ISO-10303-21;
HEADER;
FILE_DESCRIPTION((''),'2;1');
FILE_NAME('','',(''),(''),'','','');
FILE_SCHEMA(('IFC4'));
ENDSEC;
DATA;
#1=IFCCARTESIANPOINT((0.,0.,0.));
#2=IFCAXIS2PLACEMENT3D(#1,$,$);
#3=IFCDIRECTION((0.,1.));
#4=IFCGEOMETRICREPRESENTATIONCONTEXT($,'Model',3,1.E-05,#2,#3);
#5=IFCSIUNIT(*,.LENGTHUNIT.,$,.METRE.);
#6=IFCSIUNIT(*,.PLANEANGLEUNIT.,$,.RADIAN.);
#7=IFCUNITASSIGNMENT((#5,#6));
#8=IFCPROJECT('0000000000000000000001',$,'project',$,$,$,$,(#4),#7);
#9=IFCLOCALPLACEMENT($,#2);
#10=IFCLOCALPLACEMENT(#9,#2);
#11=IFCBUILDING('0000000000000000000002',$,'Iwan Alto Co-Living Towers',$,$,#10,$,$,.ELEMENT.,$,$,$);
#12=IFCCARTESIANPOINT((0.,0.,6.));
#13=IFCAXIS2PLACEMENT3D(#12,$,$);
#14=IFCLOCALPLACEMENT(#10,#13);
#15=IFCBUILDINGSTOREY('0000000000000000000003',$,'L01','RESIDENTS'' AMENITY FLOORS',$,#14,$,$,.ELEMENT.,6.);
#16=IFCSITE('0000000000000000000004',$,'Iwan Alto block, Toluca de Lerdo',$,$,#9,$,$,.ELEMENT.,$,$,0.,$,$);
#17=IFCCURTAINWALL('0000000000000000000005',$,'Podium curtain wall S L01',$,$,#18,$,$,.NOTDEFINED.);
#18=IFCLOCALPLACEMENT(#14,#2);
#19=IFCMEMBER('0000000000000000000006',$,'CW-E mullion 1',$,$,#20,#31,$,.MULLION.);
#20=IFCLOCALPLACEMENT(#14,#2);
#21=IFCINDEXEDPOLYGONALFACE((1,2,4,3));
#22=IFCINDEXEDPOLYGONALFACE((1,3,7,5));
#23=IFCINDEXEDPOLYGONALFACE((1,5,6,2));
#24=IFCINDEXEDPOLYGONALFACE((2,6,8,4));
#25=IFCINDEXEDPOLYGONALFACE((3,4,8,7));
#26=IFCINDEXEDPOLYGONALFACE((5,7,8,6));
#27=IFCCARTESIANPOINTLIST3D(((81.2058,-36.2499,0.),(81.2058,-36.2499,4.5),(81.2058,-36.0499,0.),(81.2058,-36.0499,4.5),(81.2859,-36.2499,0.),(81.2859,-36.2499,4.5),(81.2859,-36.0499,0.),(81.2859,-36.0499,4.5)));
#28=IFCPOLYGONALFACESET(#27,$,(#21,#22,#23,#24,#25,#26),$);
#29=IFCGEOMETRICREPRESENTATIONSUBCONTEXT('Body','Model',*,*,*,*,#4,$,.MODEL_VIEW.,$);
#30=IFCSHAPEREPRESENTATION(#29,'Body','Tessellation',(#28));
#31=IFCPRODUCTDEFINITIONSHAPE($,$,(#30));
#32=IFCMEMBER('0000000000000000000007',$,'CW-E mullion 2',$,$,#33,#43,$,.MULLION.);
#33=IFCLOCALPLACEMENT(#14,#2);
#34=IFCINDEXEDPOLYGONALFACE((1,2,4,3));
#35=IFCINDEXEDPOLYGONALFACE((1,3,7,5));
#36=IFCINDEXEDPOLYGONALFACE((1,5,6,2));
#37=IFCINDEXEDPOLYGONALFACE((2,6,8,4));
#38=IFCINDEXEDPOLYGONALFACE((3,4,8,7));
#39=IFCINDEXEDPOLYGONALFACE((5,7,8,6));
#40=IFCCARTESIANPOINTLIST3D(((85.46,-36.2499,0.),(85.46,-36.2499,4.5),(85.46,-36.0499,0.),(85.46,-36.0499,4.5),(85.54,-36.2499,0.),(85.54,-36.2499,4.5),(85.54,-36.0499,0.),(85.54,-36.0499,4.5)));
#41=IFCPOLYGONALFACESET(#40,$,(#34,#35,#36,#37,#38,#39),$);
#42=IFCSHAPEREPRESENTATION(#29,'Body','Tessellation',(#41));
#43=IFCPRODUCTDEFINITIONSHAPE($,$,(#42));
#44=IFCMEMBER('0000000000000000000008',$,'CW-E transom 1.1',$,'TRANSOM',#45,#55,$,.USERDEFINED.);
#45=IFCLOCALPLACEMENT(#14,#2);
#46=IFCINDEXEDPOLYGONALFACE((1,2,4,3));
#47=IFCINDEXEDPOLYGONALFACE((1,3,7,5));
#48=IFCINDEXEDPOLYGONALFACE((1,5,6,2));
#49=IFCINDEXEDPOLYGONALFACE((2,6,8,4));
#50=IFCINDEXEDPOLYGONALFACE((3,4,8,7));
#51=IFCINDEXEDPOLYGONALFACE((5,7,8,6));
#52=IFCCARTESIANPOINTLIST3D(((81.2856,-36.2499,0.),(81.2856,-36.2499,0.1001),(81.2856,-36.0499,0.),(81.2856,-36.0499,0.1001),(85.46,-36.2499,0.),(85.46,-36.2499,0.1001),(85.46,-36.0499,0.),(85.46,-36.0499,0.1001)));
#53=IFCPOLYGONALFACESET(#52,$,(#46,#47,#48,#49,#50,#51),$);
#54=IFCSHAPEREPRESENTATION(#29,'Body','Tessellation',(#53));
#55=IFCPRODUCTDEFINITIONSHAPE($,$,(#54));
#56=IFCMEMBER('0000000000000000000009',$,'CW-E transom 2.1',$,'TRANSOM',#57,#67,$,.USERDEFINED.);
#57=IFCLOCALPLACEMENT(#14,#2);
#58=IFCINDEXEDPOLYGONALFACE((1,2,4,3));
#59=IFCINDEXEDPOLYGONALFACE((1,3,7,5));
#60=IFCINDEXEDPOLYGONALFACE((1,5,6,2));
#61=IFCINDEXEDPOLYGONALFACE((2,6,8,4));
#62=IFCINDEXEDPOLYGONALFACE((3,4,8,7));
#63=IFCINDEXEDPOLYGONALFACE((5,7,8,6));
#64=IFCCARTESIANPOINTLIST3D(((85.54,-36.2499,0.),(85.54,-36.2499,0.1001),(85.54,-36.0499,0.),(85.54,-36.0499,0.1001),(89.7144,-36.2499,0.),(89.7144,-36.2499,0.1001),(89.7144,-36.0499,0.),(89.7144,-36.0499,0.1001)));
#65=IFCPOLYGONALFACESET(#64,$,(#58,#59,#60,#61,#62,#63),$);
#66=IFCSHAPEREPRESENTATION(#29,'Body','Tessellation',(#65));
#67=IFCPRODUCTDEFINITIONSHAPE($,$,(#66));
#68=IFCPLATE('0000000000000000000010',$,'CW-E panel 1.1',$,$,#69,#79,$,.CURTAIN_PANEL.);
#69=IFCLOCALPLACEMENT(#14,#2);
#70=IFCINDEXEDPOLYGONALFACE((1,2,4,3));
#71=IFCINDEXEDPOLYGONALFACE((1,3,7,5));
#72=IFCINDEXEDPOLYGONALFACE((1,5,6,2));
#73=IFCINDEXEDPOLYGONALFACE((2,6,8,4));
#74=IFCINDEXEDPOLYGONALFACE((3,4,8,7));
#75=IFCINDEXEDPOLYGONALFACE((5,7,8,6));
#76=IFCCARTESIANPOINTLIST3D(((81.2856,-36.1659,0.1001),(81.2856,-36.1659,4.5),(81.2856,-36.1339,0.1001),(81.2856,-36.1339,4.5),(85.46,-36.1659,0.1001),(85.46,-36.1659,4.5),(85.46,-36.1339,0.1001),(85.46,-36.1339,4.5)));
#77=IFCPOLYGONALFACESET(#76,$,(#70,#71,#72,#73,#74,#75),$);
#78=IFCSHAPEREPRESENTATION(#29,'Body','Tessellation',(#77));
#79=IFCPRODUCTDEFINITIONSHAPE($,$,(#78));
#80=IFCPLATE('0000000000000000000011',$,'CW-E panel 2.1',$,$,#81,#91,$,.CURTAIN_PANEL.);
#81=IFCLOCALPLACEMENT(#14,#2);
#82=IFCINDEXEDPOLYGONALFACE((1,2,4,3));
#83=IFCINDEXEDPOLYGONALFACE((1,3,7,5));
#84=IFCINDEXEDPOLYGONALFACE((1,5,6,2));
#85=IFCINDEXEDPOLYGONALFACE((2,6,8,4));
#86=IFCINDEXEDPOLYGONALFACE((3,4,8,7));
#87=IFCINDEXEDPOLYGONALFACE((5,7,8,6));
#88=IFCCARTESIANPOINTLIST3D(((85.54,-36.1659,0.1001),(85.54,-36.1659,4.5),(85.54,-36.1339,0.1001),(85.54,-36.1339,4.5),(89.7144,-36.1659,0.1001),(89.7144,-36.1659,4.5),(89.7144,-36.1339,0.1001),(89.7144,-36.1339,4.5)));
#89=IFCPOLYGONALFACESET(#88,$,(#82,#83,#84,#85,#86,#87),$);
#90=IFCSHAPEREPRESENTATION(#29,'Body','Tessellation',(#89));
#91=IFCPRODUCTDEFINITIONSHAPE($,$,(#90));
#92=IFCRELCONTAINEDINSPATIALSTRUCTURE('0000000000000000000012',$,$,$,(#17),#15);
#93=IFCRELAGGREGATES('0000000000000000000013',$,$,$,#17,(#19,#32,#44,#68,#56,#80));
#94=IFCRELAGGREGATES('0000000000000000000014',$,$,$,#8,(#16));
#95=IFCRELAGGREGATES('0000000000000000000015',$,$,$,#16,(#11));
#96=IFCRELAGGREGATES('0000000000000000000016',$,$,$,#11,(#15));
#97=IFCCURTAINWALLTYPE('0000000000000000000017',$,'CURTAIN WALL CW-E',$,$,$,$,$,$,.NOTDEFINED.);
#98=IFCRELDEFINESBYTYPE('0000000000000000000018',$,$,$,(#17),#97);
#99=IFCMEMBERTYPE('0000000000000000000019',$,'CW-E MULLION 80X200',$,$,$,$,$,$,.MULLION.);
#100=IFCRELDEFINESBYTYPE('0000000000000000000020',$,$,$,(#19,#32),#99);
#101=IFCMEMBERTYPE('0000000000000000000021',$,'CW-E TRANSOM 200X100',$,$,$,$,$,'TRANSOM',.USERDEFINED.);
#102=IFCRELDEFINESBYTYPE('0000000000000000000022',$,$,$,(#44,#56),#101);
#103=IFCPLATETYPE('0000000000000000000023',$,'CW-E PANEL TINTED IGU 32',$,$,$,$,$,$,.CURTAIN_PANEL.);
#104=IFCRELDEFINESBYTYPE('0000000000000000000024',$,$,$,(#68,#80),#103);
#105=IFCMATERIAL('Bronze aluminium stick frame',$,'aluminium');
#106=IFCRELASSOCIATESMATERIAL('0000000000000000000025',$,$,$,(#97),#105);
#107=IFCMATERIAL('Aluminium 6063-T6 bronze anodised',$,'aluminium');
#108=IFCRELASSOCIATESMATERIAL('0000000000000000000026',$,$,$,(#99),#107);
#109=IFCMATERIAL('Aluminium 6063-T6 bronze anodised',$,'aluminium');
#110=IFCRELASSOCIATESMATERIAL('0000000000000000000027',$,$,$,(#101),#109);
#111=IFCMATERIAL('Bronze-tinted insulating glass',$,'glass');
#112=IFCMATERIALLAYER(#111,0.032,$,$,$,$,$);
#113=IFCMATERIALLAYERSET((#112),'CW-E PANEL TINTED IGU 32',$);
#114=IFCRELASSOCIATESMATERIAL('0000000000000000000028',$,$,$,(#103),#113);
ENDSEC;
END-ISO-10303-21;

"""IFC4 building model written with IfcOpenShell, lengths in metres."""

from ifc_helpers import new_model, si_unit, direction, frame, origin, origin_2d, place, context, subcontext, project, spatial, rectangle, extrude, material, layer, layer_set, material_profile, profile_set, type_object, element, aggregate, save


model = new_model("IFC4")

# Units and contexts
model_context = context("Model", 3, precision=1e-05, world=origin(), true_north=direction((0.0, 1.0)))
body_context = subcontext(model_context, "Body", "Model", "MODEL_VIEW")
ifc_project = project(units=[si_unit("LENGTHUNIT", "METRE"), si_unit("PLANEANGLEUNIT", "RADIAN")], contexts=[model_context])

# Site, building, storey
site_placement = place(None, origin())
site = spatial("IfcSite", under=ifc_project, at=site_placement, Name="Iwan Alto block, Toluca de Lerdo", CompositionType="ELEMENT", RefElevation=0.0)
building_placement = place(site_placement, origin())
building = spatial("IfcBuilding", under=site, at=building_placement, Name="Iwan Alto Co-Living Towers", CompositionType="ELEMENT")
storey_placement = place(building_placement, frame((0.0, 0.0, 6.0)))
storey = spatial("IfcBuildingStorey", under=building, at=storey_placement, Name="L01", Description="RESIDENTS' AMENITY FLOORS", CompositionType="ELEMENT", Elevation=6.0)

# Curtain wall, members, plates
ifc_material_1 = material(Name="Bronze aluminium stick frame", Category="aluminium")
curtain_wall_type = type_object("IfcCurtainWallType", Name="CURTAIN WALL CW-E", PredefinedType="NOTDEFINED", material=ifc_material_1)
curtain_wall_placement = place(storey_placement, origin())
curtain_wall = element("IfcCurtainWall", 1, at=curtain_wall_placement, inside=storey, type_object=curtain_wall_type, Name="Podium curtain wall S L01", PredefinedType="NOTDEFINED")
ifc_material_2 = material(Name="Aluminium 6063-T6 bronze anodised", Category="aluminium")
ifc_material_profile_1 = material_profile(ifc_material_2, rectangle(XDim=0.2, YDim=0.0801, at=origin_2d()), Name="AL 80X200")
ifc_profile_set_1 = profile_set([ifc_material_profile_1], Name="Aluminium 6063-T6 bronze anodised")
member_type_1 = type_object("IfcMemberType", Name="CW-E MULLION 80X200", PredefinedType="MULLION", material=ifc_profile_set_1)
member_1_placement = place(storey_placement, frame((81.2458, -36.1499, 0.0), z_axis=(0.0, 0.0, 1.0), x_axis=(0.0, 1.0, 0.0)))
member_1 = element("IfcMember", 2, at=member_1_placement, type_object=member_type_1, Name="CW-E mullion 1", PredefinedType="MULLION", context=body_context, shape_type="SweptSolid", body=[
    extrude(rectangle(XDim=0.2, YDim=0.0801, at=origin_2d()), origin(), (0.0, 0.0, 1.0), 4.5),
])
member_2_placement = place(storey_placement, frame((85.5, -36.1499, 0.0), z_axis=(0.0, 0.0, 1.0), x_axis=(0.0, 1.0, 0.0)))
member_2 = element("IfcMember", 3, at=member_2_placement, type_object=member_type_1, Name="CW-E mullion 2", PredefinedType="MULLION", context=body_context, shape_type="SweptSolid", body=[
    extrude(rectangle(XDim=0.2, YDim=0.0801, at=origin_2d()), origin(), (0.0, 0.0, 1.0), 4.5),
])
ifc_material_3 = material(Name="Aluminium 6063-T6 bronze anodised", Category="aluminium")
ifc_material_profile_2 = material_profile(ifc_material_3, rectangle(XDim=0.2, YDim=0.1001, at=origin_2d()), Name="AL 200X100")
ifc_profile_set_2 = profile_set([ifc_material_profile_2], Name="Aluminium 6063-T6 bronze anodised")
member_type_2 = type_object("IfcMemberType", Name="CW-E TRANSOM 200X100", ElementType="TRANSOM", PredefinedType="USERDEFINED", material=ifc_profile_set_2)
member_3_placement = place(storey_placement, frame((81.2856, -36.1499, 0.05), z_axis=(1.0, 0.0, 0.0), x_axis=(0.0, 1.0, 0.0)))
member_3 = element("IfcMember", 4, at=member_3_placement, type_object=member_type_2, Name="CW-E transom 1.1", ObjectType="TRANSOM", PredefinedType="USERDEFINED", context=body_context, shape_type="SweptSolid", body=[
    extrude(rectangle(XDim=0.2, YDim=0.1001, at=origin_2d()), origin(), (0.0, 0.0, 1.0), 4.1743),
])
member_4_placement = place(storey_placement, frame((85.54, -36.1499, 0.05), z_axis=(1.0, 0.0, 0.0), x_axis=(0.0, 1.0, 0.0)))
member_4 = element("IfcMember", 5, at=member_4_placement, type_object=member_type_2, Name="CW-E transom 2.1", ObjectType="TRANSOM", PredefinedType="USERDEFINED", context=body_context, shape_type="SweptSolid", body=[
    extrude(rectangle(XDim=0.2, YDim=0.1001, at=origin_2d()), origin(), (0.0, 0.0, 1.0), 4.1743),
])
ifc_material_4 = material(Name="Bronze-tinted insulating glass", Category="glass")
ifc_layer_1 = layer(ifc_material_4, 0.032)
ifc_layer_set_1 = layer_set([ifc_layer_1], Name="CW-E PANEL TINTED IGU 32")
plate_type = type_object("IfcPlateType", Name="CW-E PANEL TINTED IGU 32", PredefinedType="CURTAIN_PANEL", material=ifc_layer_set_1)
plate_1_placement = place(storey_placement, frame((83.3728, -36.1499, 0.1001), z_axis=(0.0, 0.0, 1.0), x_axis=(1.0, 0.0, 0.0)))
plate_1 = element("IfcPlate", 6, at=plate_1_placement, type_object=plate_type, Name="CW-E panel 1.1", PredefinedType="CURTAIN_PANEL", context=body_context, shape_type="SweptSolid", body=[
    extrude(rectangle(XDim=4.1743, YDim=0.032, at=origin_2d()), origin(), (0.0, 0.0, 1.0), 4.3999),
])
plate_2_placement = place(storey_placement, frame((87.6272, -36.1499, 0.1001), z_axis=(0.0, 0.0, 1.0), x_axis=(1.0, 0.0, 0.0)))
plate_2 = element("IfcPlate", 7, at=plate_2_placement, type_object=plate_type, Name="CW-E panel 2.1", PredefinedType="CURTAIN_PANEL", context=body_context, shape_type="SweptSolid", body=[
    extrude(rectangle(XDim=4.1743, YDim=0.032, at=origin_2d()), origin(), (0.0, 0.0, 1.0), 4.3999),
])
aggregate(curtain_wall, [member_1, member_2, member_3, plate_1, member_4, plate_2])

save(model, "model.ifc")
